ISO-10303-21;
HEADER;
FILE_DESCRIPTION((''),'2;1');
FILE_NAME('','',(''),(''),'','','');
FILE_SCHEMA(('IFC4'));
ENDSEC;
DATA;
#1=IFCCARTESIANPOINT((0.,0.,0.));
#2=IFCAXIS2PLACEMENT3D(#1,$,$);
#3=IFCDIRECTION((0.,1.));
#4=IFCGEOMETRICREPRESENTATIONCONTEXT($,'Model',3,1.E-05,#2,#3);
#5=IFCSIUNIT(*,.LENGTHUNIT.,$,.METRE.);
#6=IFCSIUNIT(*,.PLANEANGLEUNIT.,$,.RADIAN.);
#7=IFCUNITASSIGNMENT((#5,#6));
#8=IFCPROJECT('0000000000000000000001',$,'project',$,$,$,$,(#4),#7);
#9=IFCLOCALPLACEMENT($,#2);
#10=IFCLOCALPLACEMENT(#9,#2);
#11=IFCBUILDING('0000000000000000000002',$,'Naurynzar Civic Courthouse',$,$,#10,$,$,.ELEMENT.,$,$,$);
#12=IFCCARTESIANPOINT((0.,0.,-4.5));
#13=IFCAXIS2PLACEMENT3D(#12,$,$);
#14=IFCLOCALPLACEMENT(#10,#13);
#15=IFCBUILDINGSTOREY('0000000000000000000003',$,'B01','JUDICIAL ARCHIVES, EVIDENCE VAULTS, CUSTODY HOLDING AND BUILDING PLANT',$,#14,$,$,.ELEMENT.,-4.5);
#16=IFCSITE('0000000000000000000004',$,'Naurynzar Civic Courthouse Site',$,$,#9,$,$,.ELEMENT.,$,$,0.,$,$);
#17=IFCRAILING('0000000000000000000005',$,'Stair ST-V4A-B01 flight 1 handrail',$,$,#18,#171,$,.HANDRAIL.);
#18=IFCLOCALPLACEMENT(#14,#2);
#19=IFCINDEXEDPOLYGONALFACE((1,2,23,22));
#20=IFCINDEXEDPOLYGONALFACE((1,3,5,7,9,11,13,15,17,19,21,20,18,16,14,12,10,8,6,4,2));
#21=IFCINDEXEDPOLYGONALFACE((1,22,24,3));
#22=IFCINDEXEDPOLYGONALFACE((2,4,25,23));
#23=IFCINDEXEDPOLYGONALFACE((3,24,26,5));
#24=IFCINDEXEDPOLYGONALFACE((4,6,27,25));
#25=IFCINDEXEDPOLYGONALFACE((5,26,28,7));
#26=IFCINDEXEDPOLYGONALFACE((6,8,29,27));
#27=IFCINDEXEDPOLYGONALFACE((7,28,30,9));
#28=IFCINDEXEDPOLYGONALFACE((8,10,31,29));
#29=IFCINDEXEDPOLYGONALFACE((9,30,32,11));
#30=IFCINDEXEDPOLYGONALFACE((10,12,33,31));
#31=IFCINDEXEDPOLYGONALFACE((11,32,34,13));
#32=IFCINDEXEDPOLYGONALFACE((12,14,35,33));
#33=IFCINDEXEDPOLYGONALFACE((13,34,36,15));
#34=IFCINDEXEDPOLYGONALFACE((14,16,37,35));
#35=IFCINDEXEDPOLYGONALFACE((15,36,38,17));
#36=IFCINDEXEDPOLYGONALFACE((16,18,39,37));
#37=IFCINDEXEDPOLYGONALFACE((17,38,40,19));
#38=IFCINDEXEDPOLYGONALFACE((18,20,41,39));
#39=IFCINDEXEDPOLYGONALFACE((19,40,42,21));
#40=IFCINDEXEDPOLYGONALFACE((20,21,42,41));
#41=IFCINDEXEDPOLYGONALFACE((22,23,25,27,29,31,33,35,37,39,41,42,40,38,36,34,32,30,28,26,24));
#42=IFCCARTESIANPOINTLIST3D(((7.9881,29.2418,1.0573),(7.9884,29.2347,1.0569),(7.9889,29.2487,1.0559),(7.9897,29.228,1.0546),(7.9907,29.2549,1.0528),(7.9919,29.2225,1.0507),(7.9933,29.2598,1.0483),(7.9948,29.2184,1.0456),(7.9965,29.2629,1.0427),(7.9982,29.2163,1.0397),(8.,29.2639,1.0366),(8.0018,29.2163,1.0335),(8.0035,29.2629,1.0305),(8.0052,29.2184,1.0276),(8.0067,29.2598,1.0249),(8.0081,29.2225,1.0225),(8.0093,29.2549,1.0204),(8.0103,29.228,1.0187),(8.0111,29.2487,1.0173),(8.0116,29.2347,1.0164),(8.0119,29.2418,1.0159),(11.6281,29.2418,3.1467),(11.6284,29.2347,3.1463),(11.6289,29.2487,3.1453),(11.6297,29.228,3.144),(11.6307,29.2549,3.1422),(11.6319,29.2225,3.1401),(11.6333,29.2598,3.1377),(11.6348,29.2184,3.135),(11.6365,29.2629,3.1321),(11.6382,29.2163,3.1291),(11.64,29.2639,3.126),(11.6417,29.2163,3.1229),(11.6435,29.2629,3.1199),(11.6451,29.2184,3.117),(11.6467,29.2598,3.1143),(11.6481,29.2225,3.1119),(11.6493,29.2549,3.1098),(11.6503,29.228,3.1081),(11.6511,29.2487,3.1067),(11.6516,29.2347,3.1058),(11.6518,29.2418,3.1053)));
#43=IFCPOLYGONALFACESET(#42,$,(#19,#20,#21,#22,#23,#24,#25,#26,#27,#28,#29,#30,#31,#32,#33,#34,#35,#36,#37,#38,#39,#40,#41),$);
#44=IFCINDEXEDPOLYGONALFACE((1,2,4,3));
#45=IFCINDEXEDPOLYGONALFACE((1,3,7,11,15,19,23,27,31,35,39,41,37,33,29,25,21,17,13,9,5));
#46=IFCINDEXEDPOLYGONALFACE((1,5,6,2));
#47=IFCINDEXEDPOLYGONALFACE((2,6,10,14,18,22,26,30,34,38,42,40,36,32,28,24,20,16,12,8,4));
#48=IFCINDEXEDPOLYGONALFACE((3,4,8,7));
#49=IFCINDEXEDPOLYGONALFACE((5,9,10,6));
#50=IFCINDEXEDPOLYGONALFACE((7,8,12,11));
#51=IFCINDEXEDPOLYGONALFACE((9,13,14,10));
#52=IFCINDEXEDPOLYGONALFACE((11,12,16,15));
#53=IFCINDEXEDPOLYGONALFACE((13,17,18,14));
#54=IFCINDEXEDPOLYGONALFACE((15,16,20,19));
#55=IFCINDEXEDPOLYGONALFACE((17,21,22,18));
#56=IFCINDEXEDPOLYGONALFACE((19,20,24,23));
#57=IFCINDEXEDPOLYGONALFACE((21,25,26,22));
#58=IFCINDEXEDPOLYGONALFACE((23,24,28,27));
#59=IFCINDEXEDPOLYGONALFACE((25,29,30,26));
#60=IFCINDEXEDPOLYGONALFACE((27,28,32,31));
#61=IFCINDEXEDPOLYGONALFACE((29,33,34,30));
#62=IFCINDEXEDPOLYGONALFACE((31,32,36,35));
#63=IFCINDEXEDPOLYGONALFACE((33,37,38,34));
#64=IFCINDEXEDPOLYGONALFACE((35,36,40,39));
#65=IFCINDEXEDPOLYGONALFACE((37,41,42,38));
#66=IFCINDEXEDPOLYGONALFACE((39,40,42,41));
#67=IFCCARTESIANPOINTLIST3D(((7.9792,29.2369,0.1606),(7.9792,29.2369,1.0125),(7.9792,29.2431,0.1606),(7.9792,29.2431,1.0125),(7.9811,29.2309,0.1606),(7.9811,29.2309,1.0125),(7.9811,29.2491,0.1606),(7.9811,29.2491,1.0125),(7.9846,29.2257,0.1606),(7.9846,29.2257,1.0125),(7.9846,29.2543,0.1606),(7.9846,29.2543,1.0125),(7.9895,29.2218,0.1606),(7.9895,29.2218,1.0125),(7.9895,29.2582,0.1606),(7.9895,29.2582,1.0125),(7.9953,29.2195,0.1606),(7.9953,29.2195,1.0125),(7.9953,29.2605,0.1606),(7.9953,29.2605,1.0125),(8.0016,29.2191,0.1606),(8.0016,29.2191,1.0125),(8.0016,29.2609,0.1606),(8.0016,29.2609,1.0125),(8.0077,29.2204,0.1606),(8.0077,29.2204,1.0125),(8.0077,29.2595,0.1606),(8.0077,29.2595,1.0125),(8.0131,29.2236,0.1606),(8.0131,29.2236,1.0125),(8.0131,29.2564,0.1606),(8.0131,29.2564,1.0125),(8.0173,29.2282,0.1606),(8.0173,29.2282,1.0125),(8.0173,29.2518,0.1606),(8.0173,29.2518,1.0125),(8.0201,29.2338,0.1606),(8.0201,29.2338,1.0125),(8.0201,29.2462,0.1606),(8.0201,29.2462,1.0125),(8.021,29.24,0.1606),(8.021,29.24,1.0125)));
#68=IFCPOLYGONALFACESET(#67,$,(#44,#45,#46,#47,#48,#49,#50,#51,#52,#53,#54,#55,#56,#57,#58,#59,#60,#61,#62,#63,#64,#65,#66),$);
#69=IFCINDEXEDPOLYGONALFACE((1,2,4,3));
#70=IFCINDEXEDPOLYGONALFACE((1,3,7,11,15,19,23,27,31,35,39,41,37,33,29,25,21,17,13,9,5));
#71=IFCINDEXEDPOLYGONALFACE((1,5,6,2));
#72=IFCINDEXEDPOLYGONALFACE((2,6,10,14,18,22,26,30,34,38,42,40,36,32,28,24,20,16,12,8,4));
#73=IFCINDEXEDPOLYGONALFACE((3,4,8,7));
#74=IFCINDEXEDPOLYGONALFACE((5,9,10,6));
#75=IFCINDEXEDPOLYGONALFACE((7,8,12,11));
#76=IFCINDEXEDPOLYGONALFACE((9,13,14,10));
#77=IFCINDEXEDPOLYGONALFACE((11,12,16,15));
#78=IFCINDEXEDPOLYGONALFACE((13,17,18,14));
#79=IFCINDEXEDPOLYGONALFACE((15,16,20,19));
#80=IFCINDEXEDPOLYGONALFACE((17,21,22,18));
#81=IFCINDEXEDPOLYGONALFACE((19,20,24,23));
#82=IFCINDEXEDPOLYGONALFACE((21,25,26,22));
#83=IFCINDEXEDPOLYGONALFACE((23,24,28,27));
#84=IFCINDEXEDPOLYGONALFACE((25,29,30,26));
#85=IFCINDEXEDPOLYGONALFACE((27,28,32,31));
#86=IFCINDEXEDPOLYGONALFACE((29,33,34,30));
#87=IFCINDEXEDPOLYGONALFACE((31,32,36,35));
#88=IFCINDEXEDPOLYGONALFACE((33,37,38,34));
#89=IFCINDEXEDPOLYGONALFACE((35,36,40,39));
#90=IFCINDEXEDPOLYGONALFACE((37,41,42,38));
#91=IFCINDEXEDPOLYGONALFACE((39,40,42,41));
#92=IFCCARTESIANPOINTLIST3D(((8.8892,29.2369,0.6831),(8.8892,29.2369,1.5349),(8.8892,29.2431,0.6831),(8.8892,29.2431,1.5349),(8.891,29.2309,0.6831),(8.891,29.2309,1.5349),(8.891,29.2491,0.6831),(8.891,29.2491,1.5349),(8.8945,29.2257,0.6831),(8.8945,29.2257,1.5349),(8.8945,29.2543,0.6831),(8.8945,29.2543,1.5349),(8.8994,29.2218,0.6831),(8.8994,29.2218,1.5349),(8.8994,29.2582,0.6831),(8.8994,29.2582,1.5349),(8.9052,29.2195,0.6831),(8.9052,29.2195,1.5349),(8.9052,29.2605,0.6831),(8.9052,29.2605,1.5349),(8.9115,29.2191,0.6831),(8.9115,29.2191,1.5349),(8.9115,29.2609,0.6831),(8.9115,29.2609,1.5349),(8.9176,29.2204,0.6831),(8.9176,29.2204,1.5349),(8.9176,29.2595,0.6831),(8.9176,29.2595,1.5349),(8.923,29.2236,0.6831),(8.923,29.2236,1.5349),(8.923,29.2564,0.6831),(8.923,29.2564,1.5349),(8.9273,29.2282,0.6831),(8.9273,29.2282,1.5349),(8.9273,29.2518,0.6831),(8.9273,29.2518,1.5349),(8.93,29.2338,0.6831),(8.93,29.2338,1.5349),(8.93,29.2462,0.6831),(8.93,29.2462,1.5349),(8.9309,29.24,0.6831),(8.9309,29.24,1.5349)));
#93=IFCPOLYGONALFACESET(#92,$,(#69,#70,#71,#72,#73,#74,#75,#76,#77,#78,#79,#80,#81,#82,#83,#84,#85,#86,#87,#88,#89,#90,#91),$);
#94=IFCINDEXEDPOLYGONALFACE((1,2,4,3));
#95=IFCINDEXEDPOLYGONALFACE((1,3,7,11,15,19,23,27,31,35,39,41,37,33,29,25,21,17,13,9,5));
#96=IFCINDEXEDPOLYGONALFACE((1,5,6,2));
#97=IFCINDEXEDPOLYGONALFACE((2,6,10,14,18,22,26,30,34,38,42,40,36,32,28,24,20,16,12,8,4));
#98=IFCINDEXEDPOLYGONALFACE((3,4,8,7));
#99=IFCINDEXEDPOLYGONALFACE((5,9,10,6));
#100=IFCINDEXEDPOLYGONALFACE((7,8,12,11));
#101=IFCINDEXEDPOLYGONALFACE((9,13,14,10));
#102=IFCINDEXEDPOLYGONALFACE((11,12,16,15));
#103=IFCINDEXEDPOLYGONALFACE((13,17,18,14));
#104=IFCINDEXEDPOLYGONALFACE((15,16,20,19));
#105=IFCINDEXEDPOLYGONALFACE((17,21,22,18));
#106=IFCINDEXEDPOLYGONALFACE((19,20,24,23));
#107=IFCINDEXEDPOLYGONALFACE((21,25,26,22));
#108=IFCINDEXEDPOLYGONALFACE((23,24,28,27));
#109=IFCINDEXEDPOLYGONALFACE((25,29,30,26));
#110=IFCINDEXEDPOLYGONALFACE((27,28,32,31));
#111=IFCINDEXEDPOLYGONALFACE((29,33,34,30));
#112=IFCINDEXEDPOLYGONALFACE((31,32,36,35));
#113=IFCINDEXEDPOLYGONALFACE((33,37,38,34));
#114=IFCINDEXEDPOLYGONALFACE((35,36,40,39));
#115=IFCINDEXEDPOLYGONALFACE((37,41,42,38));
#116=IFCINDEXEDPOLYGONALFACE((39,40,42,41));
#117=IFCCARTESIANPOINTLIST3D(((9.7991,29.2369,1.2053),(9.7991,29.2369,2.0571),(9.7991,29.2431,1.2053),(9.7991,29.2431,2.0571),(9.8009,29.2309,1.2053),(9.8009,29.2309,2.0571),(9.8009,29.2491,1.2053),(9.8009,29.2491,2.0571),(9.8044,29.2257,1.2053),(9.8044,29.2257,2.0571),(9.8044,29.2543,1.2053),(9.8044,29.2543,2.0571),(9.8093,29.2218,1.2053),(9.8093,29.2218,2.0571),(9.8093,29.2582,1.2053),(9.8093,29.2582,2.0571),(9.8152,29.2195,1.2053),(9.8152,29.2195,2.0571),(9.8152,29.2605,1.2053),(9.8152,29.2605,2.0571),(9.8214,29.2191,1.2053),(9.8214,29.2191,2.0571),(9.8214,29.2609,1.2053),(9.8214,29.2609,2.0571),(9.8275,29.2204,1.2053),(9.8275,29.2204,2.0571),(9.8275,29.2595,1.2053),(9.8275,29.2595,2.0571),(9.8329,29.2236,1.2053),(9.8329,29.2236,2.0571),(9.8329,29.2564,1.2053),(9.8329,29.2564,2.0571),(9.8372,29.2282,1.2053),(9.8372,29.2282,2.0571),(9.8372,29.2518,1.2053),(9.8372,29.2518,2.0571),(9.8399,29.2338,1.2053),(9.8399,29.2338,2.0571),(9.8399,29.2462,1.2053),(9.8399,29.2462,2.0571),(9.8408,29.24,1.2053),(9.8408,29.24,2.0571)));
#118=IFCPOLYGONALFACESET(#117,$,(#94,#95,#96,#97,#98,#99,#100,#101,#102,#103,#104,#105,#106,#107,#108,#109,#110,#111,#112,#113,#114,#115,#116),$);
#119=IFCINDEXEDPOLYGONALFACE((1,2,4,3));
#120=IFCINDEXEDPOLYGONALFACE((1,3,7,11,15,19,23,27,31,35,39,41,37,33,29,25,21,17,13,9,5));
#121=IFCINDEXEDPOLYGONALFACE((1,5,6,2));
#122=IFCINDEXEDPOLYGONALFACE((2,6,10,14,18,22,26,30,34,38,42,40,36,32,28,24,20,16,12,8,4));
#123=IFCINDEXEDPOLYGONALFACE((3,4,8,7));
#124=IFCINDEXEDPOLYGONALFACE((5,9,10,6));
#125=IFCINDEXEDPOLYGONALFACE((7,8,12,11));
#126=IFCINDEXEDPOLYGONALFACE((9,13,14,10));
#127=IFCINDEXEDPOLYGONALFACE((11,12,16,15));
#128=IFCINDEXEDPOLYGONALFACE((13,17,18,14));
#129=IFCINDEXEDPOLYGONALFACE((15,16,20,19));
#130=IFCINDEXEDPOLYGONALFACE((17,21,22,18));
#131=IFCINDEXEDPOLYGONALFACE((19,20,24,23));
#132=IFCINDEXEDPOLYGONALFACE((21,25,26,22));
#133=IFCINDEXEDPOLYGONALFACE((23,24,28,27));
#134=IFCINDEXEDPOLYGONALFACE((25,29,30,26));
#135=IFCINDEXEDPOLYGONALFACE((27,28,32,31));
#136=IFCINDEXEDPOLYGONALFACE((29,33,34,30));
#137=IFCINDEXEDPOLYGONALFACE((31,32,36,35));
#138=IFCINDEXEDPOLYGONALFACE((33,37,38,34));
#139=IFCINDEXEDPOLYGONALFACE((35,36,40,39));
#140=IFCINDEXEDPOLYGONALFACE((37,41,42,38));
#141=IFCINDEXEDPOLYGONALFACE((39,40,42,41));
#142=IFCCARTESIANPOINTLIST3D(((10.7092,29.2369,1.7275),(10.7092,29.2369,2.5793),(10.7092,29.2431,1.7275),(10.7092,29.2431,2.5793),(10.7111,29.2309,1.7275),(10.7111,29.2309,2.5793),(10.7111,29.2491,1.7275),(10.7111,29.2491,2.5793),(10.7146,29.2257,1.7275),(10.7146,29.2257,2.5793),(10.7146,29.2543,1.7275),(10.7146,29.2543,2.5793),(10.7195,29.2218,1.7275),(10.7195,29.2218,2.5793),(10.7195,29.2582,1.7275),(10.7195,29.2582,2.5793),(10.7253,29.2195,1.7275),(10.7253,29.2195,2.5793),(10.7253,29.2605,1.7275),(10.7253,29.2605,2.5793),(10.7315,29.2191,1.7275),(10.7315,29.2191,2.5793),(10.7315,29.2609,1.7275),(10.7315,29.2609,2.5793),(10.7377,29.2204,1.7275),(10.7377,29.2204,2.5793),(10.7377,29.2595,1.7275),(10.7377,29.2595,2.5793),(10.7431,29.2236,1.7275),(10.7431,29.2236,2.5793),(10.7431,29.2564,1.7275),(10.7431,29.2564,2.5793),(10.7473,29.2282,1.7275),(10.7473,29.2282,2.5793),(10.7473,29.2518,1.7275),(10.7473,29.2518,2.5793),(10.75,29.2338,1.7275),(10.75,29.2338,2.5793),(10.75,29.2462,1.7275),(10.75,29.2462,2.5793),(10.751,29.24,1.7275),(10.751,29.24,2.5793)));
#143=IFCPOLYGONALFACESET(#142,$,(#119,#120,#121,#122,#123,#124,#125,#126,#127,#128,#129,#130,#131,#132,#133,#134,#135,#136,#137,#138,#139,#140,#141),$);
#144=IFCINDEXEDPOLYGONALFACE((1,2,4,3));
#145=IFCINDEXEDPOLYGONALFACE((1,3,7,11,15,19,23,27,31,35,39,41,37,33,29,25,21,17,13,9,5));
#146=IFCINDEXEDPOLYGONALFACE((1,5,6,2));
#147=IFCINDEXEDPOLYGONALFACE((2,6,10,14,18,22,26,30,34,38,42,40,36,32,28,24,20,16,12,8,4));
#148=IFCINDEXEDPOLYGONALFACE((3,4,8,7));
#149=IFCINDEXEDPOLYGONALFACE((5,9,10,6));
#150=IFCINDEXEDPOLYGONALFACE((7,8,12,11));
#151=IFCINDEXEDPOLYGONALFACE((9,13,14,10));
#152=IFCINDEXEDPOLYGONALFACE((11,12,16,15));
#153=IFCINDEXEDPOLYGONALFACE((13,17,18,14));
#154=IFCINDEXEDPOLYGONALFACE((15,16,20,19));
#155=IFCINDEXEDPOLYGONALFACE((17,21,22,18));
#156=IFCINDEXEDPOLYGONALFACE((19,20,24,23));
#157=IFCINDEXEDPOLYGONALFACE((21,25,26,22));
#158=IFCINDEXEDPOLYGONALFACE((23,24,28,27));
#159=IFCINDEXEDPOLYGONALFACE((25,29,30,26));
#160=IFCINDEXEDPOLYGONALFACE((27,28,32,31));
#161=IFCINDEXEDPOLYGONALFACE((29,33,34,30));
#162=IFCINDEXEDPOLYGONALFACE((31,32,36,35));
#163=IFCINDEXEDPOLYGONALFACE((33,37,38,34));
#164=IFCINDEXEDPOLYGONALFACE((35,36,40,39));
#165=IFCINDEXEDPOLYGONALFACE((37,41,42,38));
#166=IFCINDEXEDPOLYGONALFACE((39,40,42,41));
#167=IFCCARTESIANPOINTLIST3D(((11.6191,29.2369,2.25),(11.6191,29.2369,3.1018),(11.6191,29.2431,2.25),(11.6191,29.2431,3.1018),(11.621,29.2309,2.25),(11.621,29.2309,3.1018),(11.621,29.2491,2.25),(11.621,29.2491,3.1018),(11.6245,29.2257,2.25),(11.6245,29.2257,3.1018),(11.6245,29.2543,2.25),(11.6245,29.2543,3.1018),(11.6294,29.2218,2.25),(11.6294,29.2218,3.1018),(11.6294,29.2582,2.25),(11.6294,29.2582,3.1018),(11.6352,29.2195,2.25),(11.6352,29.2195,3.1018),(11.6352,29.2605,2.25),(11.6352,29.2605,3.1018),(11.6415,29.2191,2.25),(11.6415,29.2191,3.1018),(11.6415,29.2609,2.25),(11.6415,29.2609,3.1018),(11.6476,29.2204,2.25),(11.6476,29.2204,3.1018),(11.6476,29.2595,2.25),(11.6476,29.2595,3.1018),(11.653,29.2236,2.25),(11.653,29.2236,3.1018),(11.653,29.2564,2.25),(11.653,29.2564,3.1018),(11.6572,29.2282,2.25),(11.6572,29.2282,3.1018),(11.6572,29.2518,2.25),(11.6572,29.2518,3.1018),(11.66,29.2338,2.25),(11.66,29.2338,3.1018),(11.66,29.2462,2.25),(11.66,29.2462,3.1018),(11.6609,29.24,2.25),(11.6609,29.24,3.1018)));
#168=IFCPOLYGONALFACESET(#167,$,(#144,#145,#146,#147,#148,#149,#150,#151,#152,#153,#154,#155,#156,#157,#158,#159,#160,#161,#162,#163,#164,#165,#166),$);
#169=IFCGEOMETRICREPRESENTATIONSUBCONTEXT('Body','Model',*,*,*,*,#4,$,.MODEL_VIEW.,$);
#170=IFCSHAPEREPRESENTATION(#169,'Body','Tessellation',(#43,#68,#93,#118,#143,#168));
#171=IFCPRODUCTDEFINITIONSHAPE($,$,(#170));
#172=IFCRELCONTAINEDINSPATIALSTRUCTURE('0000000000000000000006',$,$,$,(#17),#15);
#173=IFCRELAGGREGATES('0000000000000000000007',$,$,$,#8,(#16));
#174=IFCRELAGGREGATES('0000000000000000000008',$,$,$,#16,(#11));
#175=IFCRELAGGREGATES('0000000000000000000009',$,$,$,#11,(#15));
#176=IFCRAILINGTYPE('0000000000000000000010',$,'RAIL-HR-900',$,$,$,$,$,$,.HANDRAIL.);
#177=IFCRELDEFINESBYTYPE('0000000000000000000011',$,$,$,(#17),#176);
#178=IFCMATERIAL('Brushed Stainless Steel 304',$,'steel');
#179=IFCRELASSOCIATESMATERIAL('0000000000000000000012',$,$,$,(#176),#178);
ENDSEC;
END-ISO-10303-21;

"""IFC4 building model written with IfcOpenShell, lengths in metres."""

from ifc_helpers import new_model, si_unit, direction, frame, origin, origin_2d, place, context, subcontext, project, spatial, circle, extrude, material, type_object, element, save


model = new_model("IFC4")

# Units and contexts
model_context = context("Model", 3, precision=1e-05, world=origin(), true_north=direction((0.0, 1.0)))
body_context = subcontext(model_context, "Body", "Model", "MODEL_VIEW")
ifc_project = project(units=[si_unit("LENGTHUNIT", "METRE"), si_unit("PLANEANGLEUNIT", "RADIAN")], contexts=[model_context])

# Site, building, storey
site_placement = place(None, origin())
site = spatial("IfcSite", under=ifc_project, at=site_placement, Name="Naurynzar Civic Courthouse Site", CompositionType="ELEMENT", RefElevation=0.0)
building_placement = place(site_placement, origin())
building = spatial("IfcBuilding", under=site, at=building_placement, Name="Naurynzar Civic Courthouse", CompositionType="ELEMENT")
storey_placement = place(building_placement, frame((0.0, 0.0, -4.5)))
storey = spatial("IfcBuildingStorey", under=building, at=storey_placement, Name="B01", Description="JUDICIAL ARCHIVES, EVIDENCE VAULTS, CUSTODY HOLDING AND BUILDING PLANT", CompositionType="ELEMENT", Elevation=-4.5)

# Railing
ifc_material_1 = material(Name="Brushed Stainless Steel 304", Category="steel")
railing_type_1 = type_object("IfcRailingType", Name="RAIL-HR-900", PredefinedType="HANDRAIL", material=ifc_material_1)
railing_1_placement = place(storey_placement, frame((8.0, 29.24, 0.1606)))
element("IfcRailing", 1, at=railing_1_placement, inside=storey, type_object=railing_type_1, Name="Stair ST-V4A-B01 flight 1 handrail", PredefinedType="HANDRAIL", context=body_context, shape_type="SweptSolid", body=[
    extrude(circle(Radius=0.0239, at=origin_2d()), frame((0.0, 0.0, 0.876), z_axis=(0.867275, 0.0, 0.497829), x_axis=(0.0, 1.0, 0.0)), (0.0, 0.0, 1.0), 4.197),
    extrude(circle(Radius=0.021, at=origin_2d()), origin(), (0.0, 0.0, 1.0), 0.8518),
    extrude(circle(Radius=0.021, at=origin_2d()), frame((0.9099, 0.0, 0.5225)), (0.0, 0.0, 1.0), 0.8518),
    extrude(circle(Radius=0.021, at=origin_2d()), frame((1.8198, 0.0, 1.0447)), (0.0, 0.0, 1.0), 0.8518),
    extrude(circle(Radius=0.021, at=origin_2d()), frame((2.73, 0.0, 1.5669)), (0.0, 0.0, 1.0), 0.8518),
    extrude(circle(Radius=0.021, at=origin_2d()), frame((3.6399, 0.0, 2.0894)), (0.0, 0.0, 1.0), 0.8518),
])

save(model, "model.ifc")
